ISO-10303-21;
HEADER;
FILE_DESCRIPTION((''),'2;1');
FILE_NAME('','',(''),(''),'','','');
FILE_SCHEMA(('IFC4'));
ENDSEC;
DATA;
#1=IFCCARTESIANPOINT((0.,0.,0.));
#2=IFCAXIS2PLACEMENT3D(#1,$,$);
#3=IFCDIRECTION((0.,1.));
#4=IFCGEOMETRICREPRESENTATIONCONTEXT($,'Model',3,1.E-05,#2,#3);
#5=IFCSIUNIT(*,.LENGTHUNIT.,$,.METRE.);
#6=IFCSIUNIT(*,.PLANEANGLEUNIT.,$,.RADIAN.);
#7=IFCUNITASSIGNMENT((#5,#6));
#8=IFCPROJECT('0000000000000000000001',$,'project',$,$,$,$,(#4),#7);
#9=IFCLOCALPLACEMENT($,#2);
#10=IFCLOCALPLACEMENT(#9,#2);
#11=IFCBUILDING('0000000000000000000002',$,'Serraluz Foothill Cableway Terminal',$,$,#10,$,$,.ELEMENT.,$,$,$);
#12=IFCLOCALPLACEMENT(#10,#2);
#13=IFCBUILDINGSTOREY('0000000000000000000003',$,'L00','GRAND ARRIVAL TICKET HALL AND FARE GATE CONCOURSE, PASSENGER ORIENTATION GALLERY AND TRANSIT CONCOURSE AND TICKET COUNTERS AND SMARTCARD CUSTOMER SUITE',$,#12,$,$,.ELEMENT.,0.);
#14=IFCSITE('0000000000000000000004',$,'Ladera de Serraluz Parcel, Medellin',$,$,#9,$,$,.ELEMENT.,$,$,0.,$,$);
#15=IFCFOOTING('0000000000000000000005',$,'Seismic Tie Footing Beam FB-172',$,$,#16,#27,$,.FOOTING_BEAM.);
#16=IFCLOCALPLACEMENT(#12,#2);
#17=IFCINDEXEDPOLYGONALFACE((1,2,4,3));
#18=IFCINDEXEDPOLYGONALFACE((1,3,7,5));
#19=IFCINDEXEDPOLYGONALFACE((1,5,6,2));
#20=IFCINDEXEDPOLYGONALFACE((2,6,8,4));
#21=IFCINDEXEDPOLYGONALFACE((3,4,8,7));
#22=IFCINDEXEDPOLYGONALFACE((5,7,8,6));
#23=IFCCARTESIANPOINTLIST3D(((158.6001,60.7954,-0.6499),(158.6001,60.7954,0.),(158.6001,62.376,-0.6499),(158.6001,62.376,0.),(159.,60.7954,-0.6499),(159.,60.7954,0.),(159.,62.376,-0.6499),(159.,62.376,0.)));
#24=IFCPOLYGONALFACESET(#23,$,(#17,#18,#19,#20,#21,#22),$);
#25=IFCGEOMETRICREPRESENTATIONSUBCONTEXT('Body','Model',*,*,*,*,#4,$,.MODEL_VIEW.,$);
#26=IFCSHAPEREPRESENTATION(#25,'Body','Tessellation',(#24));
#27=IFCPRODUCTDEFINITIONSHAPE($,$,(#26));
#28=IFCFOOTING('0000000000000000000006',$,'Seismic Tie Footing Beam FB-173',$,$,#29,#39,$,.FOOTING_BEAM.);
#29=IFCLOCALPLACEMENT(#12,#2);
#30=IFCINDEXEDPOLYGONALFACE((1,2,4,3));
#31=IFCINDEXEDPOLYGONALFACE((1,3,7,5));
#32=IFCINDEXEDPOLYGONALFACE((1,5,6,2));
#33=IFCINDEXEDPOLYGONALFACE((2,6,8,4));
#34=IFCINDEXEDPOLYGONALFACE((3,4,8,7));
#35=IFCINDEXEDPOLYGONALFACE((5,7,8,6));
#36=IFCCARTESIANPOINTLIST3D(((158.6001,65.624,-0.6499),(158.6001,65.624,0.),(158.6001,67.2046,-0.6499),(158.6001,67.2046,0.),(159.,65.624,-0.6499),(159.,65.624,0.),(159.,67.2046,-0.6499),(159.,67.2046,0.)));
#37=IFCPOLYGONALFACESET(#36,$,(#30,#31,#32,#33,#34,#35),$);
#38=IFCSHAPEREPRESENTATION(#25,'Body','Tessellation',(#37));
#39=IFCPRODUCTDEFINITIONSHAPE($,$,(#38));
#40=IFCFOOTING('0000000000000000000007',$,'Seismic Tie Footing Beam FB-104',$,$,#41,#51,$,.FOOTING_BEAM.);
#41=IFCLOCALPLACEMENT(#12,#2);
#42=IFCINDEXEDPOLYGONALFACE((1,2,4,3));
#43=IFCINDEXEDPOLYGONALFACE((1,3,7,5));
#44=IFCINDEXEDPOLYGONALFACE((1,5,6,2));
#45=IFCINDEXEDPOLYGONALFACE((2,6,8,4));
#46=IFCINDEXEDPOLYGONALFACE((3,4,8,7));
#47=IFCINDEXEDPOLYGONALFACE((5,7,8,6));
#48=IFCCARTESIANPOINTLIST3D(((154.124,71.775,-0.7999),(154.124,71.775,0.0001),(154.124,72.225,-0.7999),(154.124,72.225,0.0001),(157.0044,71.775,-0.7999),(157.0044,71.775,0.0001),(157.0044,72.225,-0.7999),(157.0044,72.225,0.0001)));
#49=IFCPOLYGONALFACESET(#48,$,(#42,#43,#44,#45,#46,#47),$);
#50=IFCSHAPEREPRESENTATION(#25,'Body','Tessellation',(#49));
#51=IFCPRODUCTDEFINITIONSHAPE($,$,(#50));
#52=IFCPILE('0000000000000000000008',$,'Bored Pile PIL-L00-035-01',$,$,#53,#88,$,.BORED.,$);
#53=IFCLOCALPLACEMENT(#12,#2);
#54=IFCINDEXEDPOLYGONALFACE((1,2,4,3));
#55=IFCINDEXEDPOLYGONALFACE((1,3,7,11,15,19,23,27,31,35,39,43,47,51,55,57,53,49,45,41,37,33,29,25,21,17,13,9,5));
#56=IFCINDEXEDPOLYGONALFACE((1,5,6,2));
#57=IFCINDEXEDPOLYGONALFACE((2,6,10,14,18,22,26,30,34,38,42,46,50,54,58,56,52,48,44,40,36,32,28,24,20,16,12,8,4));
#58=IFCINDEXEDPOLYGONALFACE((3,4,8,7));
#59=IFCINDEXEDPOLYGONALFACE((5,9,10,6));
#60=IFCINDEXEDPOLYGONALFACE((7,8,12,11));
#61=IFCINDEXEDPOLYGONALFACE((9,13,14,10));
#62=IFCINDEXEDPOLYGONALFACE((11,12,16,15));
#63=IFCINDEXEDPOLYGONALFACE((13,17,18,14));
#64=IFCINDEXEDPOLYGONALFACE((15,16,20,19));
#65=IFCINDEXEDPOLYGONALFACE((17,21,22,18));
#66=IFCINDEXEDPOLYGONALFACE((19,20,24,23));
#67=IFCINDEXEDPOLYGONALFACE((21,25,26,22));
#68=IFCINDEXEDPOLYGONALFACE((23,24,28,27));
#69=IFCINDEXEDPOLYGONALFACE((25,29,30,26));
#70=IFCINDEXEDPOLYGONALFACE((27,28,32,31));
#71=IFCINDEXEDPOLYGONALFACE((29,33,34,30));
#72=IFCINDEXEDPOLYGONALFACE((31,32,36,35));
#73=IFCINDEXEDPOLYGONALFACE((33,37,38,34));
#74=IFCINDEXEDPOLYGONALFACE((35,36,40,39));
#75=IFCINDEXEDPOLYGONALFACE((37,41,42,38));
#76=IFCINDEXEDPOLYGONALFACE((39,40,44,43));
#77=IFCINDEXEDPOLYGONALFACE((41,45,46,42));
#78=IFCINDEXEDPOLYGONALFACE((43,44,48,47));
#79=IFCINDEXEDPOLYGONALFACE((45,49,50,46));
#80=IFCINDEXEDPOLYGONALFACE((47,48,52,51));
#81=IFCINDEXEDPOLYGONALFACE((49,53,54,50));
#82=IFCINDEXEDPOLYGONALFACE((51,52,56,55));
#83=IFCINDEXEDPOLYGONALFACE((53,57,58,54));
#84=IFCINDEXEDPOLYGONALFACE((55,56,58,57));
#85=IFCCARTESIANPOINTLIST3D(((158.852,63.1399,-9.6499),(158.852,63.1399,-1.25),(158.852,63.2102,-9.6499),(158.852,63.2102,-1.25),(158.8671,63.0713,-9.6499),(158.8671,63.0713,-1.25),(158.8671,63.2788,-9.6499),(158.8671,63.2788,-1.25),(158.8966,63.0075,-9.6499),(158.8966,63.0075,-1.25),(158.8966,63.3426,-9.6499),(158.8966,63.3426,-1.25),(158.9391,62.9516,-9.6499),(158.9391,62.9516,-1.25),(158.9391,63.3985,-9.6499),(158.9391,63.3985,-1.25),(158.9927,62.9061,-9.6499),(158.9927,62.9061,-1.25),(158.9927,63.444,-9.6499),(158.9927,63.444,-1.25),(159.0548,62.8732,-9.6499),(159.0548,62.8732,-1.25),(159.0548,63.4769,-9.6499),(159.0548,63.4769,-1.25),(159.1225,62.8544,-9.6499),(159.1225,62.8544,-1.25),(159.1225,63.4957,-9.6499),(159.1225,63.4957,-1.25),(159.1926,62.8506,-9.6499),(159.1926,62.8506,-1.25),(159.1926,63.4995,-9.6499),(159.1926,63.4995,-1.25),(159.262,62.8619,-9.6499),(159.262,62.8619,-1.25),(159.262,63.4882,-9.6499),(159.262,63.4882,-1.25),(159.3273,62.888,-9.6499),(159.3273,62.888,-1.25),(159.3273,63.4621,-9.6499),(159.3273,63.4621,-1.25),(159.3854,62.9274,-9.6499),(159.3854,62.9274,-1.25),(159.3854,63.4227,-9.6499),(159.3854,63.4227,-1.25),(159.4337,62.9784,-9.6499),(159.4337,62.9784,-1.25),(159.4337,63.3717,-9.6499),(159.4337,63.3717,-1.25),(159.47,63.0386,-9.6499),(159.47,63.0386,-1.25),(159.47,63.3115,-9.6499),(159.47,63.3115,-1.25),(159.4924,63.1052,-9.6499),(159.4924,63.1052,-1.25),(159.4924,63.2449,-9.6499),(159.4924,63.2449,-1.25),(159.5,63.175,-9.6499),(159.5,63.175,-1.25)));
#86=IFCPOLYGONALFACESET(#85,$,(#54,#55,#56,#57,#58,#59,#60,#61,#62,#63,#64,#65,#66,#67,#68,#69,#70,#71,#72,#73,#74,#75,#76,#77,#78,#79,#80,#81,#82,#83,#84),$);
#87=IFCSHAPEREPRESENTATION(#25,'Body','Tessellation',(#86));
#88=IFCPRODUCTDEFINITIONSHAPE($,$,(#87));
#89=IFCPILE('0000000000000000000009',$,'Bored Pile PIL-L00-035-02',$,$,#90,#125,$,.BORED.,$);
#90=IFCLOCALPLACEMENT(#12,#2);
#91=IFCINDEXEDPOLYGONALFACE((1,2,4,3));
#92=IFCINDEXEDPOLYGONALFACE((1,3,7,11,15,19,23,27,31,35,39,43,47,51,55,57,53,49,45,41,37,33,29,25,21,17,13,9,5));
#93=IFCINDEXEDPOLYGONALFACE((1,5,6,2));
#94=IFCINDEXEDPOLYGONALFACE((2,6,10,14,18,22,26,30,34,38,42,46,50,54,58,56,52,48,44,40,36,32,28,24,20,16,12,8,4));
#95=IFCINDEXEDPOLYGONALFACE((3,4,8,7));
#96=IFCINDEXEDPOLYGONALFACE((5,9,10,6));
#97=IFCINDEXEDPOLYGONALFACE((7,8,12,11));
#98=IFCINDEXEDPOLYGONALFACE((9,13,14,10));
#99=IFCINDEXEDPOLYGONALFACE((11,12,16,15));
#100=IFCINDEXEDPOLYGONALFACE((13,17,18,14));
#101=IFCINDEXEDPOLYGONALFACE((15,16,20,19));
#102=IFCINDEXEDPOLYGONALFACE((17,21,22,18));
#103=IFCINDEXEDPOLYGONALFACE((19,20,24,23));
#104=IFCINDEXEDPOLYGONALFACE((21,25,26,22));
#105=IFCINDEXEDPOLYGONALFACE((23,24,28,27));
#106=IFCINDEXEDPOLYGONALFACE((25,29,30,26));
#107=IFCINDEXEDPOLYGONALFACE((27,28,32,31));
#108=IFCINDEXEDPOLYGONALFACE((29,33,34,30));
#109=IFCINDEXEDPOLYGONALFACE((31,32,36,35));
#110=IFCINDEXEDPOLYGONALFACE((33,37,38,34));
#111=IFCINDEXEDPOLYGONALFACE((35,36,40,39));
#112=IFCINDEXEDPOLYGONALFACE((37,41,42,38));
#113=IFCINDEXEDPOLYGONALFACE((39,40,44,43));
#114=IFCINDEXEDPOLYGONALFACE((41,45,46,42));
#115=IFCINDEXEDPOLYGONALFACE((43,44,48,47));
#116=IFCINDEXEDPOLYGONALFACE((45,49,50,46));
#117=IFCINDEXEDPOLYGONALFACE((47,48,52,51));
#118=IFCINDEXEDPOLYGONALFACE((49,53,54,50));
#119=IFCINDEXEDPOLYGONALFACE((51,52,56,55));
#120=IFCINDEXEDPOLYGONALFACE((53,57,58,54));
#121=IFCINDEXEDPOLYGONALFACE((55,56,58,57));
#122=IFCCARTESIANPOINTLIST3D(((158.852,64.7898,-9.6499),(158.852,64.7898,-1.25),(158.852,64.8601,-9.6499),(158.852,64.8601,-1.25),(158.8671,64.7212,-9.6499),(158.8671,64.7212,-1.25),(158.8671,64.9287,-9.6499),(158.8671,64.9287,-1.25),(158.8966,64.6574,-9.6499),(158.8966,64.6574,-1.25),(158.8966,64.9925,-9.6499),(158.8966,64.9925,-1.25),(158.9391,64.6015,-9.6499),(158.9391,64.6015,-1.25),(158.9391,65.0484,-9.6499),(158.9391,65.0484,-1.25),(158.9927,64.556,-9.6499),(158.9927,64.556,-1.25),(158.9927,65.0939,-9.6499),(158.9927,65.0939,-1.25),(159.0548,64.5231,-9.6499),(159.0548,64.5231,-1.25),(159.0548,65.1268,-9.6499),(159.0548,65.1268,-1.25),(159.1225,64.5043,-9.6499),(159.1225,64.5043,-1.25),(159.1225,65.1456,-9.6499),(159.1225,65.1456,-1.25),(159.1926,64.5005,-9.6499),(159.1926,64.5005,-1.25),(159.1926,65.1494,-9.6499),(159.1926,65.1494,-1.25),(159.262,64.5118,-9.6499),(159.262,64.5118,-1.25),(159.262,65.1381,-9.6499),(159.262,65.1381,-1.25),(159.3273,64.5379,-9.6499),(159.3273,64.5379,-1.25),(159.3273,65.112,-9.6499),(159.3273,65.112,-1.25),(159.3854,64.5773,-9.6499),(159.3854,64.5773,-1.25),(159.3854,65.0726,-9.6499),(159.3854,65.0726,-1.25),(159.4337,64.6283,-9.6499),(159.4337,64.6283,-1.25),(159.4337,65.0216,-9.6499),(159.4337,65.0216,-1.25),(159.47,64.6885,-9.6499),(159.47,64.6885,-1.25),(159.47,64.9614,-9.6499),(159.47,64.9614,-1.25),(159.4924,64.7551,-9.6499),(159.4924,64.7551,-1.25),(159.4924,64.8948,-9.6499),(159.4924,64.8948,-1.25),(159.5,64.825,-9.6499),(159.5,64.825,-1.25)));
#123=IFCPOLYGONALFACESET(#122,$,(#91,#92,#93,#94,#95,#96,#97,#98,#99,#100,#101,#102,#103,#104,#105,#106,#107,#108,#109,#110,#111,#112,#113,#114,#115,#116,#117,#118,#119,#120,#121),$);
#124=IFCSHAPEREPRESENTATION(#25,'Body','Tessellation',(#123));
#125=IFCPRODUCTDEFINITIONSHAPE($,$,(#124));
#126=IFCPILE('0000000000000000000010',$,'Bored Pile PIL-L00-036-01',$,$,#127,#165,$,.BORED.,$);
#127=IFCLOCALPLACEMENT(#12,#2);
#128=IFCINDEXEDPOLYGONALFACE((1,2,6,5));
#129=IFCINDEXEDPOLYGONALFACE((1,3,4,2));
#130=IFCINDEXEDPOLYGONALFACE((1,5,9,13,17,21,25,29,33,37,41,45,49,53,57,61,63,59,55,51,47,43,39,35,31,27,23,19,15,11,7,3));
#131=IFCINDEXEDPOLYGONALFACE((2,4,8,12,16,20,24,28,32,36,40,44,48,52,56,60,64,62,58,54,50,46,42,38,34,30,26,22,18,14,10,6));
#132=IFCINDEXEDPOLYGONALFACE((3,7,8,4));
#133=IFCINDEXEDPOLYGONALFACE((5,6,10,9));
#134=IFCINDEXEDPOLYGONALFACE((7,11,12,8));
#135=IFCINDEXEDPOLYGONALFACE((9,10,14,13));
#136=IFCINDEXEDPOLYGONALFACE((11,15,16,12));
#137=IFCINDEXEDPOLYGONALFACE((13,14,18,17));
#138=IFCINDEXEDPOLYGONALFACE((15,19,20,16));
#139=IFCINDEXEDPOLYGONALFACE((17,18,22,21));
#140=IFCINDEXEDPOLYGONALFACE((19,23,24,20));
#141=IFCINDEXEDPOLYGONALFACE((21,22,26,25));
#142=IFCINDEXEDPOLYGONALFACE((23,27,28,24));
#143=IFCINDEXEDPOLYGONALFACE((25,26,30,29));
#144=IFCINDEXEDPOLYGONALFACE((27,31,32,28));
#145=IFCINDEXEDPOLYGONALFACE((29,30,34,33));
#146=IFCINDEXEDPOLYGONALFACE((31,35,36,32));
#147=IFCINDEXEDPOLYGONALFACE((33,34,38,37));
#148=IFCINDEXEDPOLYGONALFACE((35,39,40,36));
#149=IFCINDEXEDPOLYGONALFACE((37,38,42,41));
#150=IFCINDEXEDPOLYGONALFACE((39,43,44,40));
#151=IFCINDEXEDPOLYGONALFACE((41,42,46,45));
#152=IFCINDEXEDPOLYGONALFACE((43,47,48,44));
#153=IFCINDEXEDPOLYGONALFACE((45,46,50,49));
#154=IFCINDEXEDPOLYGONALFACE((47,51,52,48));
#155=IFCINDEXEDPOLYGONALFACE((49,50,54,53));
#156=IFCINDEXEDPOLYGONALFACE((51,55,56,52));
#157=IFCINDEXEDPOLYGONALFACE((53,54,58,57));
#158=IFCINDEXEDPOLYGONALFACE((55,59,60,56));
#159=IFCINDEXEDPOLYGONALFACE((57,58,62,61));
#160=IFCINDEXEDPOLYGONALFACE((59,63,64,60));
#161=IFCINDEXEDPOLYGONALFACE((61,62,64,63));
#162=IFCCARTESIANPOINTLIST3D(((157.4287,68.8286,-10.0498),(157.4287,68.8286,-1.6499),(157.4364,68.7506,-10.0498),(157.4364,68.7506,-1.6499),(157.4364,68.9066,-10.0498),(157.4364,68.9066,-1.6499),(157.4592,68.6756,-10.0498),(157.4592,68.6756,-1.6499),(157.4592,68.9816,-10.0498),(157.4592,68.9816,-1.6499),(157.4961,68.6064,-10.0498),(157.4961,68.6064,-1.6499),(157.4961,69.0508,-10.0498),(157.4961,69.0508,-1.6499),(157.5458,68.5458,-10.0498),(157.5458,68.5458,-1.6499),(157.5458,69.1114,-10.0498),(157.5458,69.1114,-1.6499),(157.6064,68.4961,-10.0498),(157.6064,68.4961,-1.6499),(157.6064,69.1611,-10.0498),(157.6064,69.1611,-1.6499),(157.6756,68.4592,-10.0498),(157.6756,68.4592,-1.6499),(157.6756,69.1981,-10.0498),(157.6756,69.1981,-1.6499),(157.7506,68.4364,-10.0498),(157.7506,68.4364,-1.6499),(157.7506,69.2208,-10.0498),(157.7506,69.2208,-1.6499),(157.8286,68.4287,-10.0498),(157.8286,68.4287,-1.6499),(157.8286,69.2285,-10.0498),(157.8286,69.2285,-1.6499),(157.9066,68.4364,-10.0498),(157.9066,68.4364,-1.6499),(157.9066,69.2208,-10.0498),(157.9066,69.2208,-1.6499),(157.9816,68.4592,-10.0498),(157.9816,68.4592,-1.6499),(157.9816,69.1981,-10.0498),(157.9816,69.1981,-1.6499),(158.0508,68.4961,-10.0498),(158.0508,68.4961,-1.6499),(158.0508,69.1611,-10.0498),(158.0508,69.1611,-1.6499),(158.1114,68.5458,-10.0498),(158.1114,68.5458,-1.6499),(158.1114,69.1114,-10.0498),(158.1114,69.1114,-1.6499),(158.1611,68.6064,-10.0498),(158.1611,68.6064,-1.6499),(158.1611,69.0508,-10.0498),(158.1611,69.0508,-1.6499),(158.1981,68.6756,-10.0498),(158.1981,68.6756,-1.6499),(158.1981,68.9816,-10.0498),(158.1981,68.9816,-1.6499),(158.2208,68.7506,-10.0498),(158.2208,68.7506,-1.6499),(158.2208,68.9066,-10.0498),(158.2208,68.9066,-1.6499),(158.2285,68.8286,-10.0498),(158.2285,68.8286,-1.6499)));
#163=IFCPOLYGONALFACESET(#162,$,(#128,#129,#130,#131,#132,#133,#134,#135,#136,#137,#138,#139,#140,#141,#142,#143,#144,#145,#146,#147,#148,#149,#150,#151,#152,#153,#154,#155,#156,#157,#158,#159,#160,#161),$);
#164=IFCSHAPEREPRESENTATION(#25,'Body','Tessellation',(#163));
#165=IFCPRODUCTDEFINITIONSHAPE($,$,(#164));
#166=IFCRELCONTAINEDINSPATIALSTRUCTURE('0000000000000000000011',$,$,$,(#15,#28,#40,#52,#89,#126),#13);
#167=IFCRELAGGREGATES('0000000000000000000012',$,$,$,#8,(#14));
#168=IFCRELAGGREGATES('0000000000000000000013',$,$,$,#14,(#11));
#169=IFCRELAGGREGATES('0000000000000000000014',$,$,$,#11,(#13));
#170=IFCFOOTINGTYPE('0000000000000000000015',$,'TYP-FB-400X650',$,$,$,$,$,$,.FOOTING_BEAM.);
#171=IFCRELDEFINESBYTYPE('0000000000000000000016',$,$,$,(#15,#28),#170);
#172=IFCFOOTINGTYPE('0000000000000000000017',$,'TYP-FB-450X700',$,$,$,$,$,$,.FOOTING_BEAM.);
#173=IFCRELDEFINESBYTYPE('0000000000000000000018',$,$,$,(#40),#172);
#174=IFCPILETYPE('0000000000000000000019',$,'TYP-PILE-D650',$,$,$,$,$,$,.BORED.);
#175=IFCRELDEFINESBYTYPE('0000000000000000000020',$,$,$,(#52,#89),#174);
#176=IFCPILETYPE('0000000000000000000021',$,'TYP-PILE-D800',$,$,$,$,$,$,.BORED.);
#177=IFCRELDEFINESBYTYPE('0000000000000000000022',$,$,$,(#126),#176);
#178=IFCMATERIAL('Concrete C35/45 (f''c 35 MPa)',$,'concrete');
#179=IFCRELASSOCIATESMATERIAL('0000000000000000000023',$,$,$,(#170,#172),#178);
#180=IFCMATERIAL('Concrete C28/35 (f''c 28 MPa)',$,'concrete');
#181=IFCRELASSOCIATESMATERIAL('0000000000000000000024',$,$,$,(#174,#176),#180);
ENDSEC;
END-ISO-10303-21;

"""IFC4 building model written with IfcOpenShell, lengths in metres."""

from ifc_helpers import new_model, si_unit, direction, frame, origin, origin_2d, place, context, subcontext, project, spatial, rectangle, circle, extrude, material, material_profile, profile_set, type_object, element, save


model = new_model("IFC4")

# Units and contexts
model_context = context("Model", 3, precision=1e-05, world=origin(), true_north=direction((0.0, 1.0)))
body_context = subcontext(model_context, "Body", "Model", "MODEL_VIEW")
ifc_project = project(units=[si_unit("LENGTHUNIT", "METRE"), si_unit("PLANEANGLEUNIT", "RADIAN")], contexts=[model_context])

# Site, building, storey
site_placement = place(None, origin())
site = spatial("IfcSite", under=ifc_project, at=site_placement, Name="Ladera de Serraluz Parcel, Medellin", CompositionType="ELEMENT", RefElevation=0.0)
building_placement = place(site_placement, origin())
building = spatial("IfcBuilding", under=site, at=building_placement, Name="Serraluz Foothill Cableway Terminal", CompositionType="ELEMENT")
storey_placement = place(building_placement, origin())
storey = spatial("IfcBuildingStorey", under=building, at=storey_placement, Name="L00", Description="GRAND ARRIVAL TICKET HALL AND FARE GATE CONCOURSE, PASSENGER ORIENTATION GALLERY AND TRANSIT CONCOURSE AND TICKET COUNTERS AND SMARTCARD CUSTOMER SUITE", CompositionType="ELEMENT", Elevation=0.0)

# Footings
ifc_material_1 = material(Name="Concrete C35/45 (f'c 35 MPa)", Category="concrete")
ifc_material_profile_1 = material_profile(ifc_material_1, rectangle(XDim=0.3999, YDim=0.6499, at=origin_2d()), Name="RC 400x650")
ifc_profile_set_1 = profile_set([ifc_material_profile_1], Name="Concrete C35/45 (f'c 35 MPa)")
footing_type_1 = type_object("IfcFootingType", Name="TYP-FB-400X650", PredefinedType="FOOTING_BEAM", material=ifc_profile_set_1)
for number, where, z_axis, x_axis, name in (
    (1, (158.8, 60.7954, -0.325), (0.0, 1.0, 0.0), (-1.0, 0.0, 0.0), "Seismic Tie Footing Beam FB-172"),
    (2, (158.8, 65.624, -0.325), (0.0, 1.0, 0.0), (-1.0, 0.0, 0.0), "Seismic Tie Footing Beam FB-173"),
):
    element("IfcFooting", number, at=place(storey_placement, frame(where, z_axis=z_axis, x_axis=x_axis)), inside=storey, type_object=footing_type_1, Name=name, PredefinedType="FOOTING_BEAM", context=body_context, shape_type="SweptSolid", body=[
        extrude(rectangle(XDim=0.3999, YDim=0.6499, at=origin_2d()), origin(), (0.0, 0.0, 1.0), 1.5806),
    ])
ifc_material_profile_2 = material_profile(ifc_material_1, rectangle(XDim=0.45, YDim=0.8, at=origin_2d()), Name="RC 450x800")
ifc_profile_set_2 = profile_set([ifc_material_profile_2], Name="Concrete C35/45 (f'c 35 MPa)")
footing_type_2 = type_object("IfcFootingType", Name="TYP-FB-450X700", PredefinedType="FOOTING_BEAM", material=ifc_profile_set_2)
footing_placement = place(storey_placement, frame((154.124, 72.0, -0.3999), z_axis=(1.0, 0.0, 0.0), x_axis=(0.0, 1.0, 0.0)))
element("IfcFooting", 3, at=footing_placement, inside=storey, type_object=footing_type_2, Name="Seismic Tie Footing Beam FB-104", PredefinedType="FOOTING_BEAM", context=body_context, shape_type="SweptSolid", body=[
    extrude(rectangle(XDim=0.45, YDim=0.8, at=origin_2d()), origin(), (0.0, 0.0, 1.0), 2.8804),
])

# Piles
ifc_material_2 = material(Name="Concrete C28/35 (f'c 28 MPa)", Category="concrete")
ifc_material_profile_3 = material_profile(ifc_material_2, circle(Radius=0.325, at=origin_2d()), Name="BORED PILE D650")
ifc_profile_set_3 = profile_set([ifc_material_profile_3], Name="Concrete C28/35 (f'c 28 MPa)")
pile_type_1 = type_object("IfcPileType", Name="TYP-PILE-D650", PredefinedType="BORED", material=ifc_profile_set_3)
for number, where, z_axis, x_axis, name in (
    (4, (159.175, 63.175, -1.25), (0.0, 0.0, -1.0), (1.0, 0.0, 0.0), "Bored Pile PIL-L00-035-01"),
    (5, (159.175, 64.825, -1.25), (0.0, 0.0, -1.0), (1.0, 0.0, 0.0), "Bored Pile PIL-L00-035-02"),
):
    element("IfcPile", number, at=place(storey_placement, frame(where, z_axis=z_axis, x_axis=x_axis)), inside=storey, type_object=pile_type_1, Name=name, PredefinedType="BORED", context=body_context, shape_type="SweptSolid", body=[
        extrude(circle(Radius=0.325, at=origin_2d()), origin(), (0.0, 0.0, 1.0), 8.3999),
    ])
ifc_material_profile_4 = material_profile(ifc_material_2, circle(Radius=0.3999, at=origin_2d()), Name="BORED PILE D800")
ifc_profile_set_4 = profile_set([ifc_material_profile_4], Name="Concrete C28/35 (f'c 28 MPa)")
pile_type_2 = type_object("IfcPileType", Name="TYP-PILE-D800", PredefinedType="BORED", material=ifc_profile_set_4)
for number, where, z_axis, x_axis, name in (
    (6, (157.8286, 68.8286, -1.6499), (0.0, 0.0, -1.0), (1.0, 0.0, 0.0), "Bored Pile PIL-L00-036-01"),
):
    element("IfcPile", number, at=place(storey_placement, frame(where, z_axis=z_axis, x_axis=x_axis)), inside=storey, type_object=pile_type_2, Name=name, PredefinedType="BORED", context=body_context, shape_type="SweptSolid", body=[
        extrude(circle(Radius=0.3999, at=origin_2d()), origin(), (0.0, 0.0, 1.0), 8.3999),
    ])

save(model, "model.ifc")
